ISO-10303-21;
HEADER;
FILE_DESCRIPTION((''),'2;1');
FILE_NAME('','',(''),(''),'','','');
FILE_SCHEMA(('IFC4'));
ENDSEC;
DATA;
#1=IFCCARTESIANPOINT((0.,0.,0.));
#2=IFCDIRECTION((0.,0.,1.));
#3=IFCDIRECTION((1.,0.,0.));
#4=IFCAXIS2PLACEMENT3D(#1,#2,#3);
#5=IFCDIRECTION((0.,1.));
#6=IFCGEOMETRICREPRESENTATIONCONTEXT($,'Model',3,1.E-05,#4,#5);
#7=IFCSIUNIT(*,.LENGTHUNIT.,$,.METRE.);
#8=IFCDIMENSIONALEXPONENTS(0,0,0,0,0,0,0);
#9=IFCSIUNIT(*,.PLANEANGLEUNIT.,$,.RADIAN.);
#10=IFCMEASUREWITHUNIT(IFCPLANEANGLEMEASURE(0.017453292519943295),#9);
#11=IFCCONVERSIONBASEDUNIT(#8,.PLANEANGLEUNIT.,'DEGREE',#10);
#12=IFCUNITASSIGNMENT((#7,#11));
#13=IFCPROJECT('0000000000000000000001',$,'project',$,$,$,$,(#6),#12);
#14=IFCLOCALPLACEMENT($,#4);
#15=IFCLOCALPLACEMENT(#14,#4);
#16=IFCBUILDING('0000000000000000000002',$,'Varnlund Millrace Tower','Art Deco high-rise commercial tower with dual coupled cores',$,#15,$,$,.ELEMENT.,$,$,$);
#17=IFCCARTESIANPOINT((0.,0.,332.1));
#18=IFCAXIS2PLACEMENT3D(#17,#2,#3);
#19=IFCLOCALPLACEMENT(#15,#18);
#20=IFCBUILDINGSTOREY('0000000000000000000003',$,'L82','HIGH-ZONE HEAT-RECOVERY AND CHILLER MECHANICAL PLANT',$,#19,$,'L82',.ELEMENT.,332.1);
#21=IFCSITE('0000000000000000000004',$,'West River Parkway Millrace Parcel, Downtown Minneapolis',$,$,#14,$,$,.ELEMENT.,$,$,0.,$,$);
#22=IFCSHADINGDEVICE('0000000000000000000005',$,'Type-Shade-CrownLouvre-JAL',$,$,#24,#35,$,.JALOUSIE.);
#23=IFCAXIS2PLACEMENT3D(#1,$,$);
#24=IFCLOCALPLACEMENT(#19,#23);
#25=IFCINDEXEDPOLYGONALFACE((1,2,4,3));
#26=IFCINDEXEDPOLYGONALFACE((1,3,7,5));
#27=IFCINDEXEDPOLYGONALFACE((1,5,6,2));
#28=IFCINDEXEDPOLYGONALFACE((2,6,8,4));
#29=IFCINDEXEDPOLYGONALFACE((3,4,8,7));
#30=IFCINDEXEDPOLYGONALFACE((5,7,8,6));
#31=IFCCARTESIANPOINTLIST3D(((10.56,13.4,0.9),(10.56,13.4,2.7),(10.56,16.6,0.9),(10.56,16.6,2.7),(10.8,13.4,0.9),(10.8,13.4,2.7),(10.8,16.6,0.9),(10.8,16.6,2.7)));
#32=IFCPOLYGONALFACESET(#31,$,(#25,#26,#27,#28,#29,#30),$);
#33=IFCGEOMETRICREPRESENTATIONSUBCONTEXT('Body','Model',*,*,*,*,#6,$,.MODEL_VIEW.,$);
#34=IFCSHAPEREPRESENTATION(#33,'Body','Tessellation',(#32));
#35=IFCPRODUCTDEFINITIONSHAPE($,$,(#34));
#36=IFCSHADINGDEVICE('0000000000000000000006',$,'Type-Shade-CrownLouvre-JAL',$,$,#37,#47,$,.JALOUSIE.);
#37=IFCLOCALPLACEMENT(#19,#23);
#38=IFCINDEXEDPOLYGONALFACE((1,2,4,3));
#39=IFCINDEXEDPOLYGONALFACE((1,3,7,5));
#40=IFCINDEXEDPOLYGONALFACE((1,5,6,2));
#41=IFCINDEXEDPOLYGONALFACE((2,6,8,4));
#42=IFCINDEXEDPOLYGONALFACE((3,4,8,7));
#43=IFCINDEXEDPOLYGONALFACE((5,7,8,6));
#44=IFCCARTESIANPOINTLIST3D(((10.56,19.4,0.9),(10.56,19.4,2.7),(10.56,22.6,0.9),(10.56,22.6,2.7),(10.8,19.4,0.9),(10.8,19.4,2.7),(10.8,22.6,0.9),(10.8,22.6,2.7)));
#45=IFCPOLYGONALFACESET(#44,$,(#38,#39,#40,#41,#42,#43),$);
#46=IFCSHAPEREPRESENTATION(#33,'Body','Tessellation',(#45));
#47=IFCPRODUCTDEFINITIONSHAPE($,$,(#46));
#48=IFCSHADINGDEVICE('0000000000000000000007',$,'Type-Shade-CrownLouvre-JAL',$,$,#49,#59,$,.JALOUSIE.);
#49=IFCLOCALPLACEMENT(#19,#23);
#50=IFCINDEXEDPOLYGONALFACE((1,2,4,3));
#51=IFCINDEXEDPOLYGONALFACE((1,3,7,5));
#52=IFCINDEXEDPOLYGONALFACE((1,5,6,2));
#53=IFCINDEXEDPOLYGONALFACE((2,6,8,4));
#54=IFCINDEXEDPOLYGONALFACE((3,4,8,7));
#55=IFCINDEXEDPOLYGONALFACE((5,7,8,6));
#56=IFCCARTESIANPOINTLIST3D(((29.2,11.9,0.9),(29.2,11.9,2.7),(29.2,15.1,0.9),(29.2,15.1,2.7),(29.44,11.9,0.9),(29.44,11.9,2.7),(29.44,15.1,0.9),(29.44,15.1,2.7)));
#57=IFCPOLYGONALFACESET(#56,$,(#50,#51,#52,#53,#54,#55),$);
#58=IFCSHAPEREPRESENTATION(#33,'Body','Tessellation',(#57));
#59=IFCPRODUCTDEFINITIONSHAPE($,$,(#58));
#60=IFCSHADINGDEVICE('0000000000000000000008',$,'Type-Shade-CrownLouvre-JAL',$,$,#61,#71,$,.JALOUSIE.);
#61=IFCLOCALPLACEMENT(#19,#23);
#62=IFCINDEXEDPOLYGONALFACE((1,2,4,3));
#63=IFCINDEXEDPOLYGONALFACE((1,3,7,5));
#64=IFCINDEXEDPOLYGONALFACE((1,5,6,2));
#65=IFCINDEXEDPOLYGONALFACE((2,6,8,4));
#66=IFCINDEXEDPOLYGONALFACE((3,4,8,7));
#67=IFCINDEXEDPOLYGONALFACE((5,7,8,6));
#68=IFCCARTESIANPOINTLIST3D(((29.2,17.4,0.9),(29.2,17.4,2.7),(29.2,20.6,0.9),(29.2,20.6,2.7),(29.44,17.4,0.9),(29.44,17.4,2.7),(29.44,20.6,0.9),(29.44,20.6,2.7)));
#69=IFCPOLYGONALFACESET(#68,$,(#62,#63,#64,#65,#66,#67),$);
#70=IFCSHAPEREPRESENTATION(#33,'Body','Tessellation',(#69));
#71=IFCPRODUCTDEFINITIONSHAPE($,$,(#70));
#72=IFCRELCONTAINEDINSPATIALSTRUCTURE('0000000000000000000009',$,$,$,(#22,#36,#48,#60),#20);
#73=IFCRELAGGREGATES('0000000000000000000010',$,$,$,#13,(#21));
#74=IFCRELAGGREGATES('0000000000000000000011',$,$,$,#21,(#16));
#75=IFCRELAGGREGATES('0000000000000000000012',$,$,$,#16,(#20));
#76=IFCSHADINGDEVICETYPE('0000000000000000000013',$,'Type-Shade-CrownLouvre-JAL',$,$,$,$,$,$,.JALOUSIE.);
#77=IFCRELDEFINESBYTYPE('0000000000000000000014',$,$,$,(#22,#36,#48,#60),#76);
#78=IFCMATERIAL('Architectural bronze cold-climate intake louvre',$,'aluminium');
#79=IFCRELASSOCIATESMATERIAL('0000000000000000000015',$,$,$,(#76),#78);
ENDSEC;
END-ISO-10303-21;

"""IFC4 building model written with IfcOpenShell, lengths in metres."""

from ifc_helpers import new_model, entity, si_unit, converted_unit, direction, frame, origin_with_axes, origin_2d_with_axis, place, context, subcontext, project, spatial, rectangle, extrude, material, type_object, element, save


model = new_model("IFC4")

# Units and contexts
model_context = context("Model", 3, precision=1e-05, world=origin_with_axes(), true_north=direction((0.0, 1.0)))
body_context = subcontext(model_context, "Body", "Model", "MODEL_VIEW")
ifc_project = project(units=[si_unit("LENGTHUNIT", "METRE"), converted_unit("PLANEANGLEUNIT", "DEGREE", entity("IfcPlaneAngleMeasure", 0.017453292519943295), si_unit("PLANEANGLEUNIT", "RADIAN"), dimensions=[0, 0, 0, 0, 0, 0, 0])], contexts=[model_context])

# Site, building, storey
site_placement = place(None, origin_with_axes())
site = spatial("IfcSite", under=ifc_project, at=site_placement, Name="West River Parkway Millrace Parcel, Downtown Minneapolis", CompositionType="ELEMENT", RefElevation=0.0)
building_placement = place(site_placement, origin_with_axes())
building = spatial("IfcBuilding", under=site, at=building_placement, Name="Varnlund Millrace Tower", Description="Art Deco high-rise commercial tower with dual coupled cores", CompositionType="ELEMENT")
storey_placement = place(building_placement, frame((0.0, 0.0, 332.1), z_axis=(0.0, 0.0, 1.0), x_axis=(1.0, 0.0, 0.0)))
storey = spatial("IfcBuildingStorey", under=building, at=storey_placement, Name="L82", Description="HIGH-ZONE HEAT-RECOVERY AND CHILLER MECHANICAL PLANT", LongName="L82", CompositionType="ELEMENT", Elevation=332.1)

# Shading devices
ifc_material_1 = material(Name="Architectural bronze cold-climate intake louvre", Category="aluminium")
shading_device_type = type_object("IfcShadingDeviceType", Name="Type-Shade-CrownLouvre-JAL", PredefinedType="JALOUSIE", material=ifc_material_1)
for number, where, z_axis, x_axis, name in (
    (1, (10.68, 15.0, 0.9), (0.0, 0.0, 1.0), (0.0, 1.0, 0.0), "Type-Shade-CrownLouvre-JAL"),
    (2, (10.68, 21.0, 0.9), (0.0, 0.0, 1.0), (0.0, 1.0, 0.0), "Type-Shade-CrownLouvre-JAL"),
    (3, (29.32, 13.5, 0.9), (0.0, 0.0, 1.0), (0.0, 1.0, 0.0), "Type-Shade-CrownLouvre-JAL"),
    (4, (29.32, 19.0, 0.9), (0.0, 0.0, 1.0), (0.0, 1.0, 0.0), "Type-Shade-CrownLouvre-JAL"),
):
    element("IfcShadingDevice", number, at=place(storey_placement, frame(where, z_axis=z_axis, x_axis=x_axis)), inside=storey, type_object=shading_device_type, Name=name, PredefinedType="JALOUSIE", context=body_context, shape_type="SweptSolid", body=[
        extrude(rectangle(XDim=3.2, YDim=0.24, at=origin_2d_with_axis()), origin_with_axes(), (0.0, 0.0, 1.0), 1.8),
    ])

save(model, "model.ifc")
